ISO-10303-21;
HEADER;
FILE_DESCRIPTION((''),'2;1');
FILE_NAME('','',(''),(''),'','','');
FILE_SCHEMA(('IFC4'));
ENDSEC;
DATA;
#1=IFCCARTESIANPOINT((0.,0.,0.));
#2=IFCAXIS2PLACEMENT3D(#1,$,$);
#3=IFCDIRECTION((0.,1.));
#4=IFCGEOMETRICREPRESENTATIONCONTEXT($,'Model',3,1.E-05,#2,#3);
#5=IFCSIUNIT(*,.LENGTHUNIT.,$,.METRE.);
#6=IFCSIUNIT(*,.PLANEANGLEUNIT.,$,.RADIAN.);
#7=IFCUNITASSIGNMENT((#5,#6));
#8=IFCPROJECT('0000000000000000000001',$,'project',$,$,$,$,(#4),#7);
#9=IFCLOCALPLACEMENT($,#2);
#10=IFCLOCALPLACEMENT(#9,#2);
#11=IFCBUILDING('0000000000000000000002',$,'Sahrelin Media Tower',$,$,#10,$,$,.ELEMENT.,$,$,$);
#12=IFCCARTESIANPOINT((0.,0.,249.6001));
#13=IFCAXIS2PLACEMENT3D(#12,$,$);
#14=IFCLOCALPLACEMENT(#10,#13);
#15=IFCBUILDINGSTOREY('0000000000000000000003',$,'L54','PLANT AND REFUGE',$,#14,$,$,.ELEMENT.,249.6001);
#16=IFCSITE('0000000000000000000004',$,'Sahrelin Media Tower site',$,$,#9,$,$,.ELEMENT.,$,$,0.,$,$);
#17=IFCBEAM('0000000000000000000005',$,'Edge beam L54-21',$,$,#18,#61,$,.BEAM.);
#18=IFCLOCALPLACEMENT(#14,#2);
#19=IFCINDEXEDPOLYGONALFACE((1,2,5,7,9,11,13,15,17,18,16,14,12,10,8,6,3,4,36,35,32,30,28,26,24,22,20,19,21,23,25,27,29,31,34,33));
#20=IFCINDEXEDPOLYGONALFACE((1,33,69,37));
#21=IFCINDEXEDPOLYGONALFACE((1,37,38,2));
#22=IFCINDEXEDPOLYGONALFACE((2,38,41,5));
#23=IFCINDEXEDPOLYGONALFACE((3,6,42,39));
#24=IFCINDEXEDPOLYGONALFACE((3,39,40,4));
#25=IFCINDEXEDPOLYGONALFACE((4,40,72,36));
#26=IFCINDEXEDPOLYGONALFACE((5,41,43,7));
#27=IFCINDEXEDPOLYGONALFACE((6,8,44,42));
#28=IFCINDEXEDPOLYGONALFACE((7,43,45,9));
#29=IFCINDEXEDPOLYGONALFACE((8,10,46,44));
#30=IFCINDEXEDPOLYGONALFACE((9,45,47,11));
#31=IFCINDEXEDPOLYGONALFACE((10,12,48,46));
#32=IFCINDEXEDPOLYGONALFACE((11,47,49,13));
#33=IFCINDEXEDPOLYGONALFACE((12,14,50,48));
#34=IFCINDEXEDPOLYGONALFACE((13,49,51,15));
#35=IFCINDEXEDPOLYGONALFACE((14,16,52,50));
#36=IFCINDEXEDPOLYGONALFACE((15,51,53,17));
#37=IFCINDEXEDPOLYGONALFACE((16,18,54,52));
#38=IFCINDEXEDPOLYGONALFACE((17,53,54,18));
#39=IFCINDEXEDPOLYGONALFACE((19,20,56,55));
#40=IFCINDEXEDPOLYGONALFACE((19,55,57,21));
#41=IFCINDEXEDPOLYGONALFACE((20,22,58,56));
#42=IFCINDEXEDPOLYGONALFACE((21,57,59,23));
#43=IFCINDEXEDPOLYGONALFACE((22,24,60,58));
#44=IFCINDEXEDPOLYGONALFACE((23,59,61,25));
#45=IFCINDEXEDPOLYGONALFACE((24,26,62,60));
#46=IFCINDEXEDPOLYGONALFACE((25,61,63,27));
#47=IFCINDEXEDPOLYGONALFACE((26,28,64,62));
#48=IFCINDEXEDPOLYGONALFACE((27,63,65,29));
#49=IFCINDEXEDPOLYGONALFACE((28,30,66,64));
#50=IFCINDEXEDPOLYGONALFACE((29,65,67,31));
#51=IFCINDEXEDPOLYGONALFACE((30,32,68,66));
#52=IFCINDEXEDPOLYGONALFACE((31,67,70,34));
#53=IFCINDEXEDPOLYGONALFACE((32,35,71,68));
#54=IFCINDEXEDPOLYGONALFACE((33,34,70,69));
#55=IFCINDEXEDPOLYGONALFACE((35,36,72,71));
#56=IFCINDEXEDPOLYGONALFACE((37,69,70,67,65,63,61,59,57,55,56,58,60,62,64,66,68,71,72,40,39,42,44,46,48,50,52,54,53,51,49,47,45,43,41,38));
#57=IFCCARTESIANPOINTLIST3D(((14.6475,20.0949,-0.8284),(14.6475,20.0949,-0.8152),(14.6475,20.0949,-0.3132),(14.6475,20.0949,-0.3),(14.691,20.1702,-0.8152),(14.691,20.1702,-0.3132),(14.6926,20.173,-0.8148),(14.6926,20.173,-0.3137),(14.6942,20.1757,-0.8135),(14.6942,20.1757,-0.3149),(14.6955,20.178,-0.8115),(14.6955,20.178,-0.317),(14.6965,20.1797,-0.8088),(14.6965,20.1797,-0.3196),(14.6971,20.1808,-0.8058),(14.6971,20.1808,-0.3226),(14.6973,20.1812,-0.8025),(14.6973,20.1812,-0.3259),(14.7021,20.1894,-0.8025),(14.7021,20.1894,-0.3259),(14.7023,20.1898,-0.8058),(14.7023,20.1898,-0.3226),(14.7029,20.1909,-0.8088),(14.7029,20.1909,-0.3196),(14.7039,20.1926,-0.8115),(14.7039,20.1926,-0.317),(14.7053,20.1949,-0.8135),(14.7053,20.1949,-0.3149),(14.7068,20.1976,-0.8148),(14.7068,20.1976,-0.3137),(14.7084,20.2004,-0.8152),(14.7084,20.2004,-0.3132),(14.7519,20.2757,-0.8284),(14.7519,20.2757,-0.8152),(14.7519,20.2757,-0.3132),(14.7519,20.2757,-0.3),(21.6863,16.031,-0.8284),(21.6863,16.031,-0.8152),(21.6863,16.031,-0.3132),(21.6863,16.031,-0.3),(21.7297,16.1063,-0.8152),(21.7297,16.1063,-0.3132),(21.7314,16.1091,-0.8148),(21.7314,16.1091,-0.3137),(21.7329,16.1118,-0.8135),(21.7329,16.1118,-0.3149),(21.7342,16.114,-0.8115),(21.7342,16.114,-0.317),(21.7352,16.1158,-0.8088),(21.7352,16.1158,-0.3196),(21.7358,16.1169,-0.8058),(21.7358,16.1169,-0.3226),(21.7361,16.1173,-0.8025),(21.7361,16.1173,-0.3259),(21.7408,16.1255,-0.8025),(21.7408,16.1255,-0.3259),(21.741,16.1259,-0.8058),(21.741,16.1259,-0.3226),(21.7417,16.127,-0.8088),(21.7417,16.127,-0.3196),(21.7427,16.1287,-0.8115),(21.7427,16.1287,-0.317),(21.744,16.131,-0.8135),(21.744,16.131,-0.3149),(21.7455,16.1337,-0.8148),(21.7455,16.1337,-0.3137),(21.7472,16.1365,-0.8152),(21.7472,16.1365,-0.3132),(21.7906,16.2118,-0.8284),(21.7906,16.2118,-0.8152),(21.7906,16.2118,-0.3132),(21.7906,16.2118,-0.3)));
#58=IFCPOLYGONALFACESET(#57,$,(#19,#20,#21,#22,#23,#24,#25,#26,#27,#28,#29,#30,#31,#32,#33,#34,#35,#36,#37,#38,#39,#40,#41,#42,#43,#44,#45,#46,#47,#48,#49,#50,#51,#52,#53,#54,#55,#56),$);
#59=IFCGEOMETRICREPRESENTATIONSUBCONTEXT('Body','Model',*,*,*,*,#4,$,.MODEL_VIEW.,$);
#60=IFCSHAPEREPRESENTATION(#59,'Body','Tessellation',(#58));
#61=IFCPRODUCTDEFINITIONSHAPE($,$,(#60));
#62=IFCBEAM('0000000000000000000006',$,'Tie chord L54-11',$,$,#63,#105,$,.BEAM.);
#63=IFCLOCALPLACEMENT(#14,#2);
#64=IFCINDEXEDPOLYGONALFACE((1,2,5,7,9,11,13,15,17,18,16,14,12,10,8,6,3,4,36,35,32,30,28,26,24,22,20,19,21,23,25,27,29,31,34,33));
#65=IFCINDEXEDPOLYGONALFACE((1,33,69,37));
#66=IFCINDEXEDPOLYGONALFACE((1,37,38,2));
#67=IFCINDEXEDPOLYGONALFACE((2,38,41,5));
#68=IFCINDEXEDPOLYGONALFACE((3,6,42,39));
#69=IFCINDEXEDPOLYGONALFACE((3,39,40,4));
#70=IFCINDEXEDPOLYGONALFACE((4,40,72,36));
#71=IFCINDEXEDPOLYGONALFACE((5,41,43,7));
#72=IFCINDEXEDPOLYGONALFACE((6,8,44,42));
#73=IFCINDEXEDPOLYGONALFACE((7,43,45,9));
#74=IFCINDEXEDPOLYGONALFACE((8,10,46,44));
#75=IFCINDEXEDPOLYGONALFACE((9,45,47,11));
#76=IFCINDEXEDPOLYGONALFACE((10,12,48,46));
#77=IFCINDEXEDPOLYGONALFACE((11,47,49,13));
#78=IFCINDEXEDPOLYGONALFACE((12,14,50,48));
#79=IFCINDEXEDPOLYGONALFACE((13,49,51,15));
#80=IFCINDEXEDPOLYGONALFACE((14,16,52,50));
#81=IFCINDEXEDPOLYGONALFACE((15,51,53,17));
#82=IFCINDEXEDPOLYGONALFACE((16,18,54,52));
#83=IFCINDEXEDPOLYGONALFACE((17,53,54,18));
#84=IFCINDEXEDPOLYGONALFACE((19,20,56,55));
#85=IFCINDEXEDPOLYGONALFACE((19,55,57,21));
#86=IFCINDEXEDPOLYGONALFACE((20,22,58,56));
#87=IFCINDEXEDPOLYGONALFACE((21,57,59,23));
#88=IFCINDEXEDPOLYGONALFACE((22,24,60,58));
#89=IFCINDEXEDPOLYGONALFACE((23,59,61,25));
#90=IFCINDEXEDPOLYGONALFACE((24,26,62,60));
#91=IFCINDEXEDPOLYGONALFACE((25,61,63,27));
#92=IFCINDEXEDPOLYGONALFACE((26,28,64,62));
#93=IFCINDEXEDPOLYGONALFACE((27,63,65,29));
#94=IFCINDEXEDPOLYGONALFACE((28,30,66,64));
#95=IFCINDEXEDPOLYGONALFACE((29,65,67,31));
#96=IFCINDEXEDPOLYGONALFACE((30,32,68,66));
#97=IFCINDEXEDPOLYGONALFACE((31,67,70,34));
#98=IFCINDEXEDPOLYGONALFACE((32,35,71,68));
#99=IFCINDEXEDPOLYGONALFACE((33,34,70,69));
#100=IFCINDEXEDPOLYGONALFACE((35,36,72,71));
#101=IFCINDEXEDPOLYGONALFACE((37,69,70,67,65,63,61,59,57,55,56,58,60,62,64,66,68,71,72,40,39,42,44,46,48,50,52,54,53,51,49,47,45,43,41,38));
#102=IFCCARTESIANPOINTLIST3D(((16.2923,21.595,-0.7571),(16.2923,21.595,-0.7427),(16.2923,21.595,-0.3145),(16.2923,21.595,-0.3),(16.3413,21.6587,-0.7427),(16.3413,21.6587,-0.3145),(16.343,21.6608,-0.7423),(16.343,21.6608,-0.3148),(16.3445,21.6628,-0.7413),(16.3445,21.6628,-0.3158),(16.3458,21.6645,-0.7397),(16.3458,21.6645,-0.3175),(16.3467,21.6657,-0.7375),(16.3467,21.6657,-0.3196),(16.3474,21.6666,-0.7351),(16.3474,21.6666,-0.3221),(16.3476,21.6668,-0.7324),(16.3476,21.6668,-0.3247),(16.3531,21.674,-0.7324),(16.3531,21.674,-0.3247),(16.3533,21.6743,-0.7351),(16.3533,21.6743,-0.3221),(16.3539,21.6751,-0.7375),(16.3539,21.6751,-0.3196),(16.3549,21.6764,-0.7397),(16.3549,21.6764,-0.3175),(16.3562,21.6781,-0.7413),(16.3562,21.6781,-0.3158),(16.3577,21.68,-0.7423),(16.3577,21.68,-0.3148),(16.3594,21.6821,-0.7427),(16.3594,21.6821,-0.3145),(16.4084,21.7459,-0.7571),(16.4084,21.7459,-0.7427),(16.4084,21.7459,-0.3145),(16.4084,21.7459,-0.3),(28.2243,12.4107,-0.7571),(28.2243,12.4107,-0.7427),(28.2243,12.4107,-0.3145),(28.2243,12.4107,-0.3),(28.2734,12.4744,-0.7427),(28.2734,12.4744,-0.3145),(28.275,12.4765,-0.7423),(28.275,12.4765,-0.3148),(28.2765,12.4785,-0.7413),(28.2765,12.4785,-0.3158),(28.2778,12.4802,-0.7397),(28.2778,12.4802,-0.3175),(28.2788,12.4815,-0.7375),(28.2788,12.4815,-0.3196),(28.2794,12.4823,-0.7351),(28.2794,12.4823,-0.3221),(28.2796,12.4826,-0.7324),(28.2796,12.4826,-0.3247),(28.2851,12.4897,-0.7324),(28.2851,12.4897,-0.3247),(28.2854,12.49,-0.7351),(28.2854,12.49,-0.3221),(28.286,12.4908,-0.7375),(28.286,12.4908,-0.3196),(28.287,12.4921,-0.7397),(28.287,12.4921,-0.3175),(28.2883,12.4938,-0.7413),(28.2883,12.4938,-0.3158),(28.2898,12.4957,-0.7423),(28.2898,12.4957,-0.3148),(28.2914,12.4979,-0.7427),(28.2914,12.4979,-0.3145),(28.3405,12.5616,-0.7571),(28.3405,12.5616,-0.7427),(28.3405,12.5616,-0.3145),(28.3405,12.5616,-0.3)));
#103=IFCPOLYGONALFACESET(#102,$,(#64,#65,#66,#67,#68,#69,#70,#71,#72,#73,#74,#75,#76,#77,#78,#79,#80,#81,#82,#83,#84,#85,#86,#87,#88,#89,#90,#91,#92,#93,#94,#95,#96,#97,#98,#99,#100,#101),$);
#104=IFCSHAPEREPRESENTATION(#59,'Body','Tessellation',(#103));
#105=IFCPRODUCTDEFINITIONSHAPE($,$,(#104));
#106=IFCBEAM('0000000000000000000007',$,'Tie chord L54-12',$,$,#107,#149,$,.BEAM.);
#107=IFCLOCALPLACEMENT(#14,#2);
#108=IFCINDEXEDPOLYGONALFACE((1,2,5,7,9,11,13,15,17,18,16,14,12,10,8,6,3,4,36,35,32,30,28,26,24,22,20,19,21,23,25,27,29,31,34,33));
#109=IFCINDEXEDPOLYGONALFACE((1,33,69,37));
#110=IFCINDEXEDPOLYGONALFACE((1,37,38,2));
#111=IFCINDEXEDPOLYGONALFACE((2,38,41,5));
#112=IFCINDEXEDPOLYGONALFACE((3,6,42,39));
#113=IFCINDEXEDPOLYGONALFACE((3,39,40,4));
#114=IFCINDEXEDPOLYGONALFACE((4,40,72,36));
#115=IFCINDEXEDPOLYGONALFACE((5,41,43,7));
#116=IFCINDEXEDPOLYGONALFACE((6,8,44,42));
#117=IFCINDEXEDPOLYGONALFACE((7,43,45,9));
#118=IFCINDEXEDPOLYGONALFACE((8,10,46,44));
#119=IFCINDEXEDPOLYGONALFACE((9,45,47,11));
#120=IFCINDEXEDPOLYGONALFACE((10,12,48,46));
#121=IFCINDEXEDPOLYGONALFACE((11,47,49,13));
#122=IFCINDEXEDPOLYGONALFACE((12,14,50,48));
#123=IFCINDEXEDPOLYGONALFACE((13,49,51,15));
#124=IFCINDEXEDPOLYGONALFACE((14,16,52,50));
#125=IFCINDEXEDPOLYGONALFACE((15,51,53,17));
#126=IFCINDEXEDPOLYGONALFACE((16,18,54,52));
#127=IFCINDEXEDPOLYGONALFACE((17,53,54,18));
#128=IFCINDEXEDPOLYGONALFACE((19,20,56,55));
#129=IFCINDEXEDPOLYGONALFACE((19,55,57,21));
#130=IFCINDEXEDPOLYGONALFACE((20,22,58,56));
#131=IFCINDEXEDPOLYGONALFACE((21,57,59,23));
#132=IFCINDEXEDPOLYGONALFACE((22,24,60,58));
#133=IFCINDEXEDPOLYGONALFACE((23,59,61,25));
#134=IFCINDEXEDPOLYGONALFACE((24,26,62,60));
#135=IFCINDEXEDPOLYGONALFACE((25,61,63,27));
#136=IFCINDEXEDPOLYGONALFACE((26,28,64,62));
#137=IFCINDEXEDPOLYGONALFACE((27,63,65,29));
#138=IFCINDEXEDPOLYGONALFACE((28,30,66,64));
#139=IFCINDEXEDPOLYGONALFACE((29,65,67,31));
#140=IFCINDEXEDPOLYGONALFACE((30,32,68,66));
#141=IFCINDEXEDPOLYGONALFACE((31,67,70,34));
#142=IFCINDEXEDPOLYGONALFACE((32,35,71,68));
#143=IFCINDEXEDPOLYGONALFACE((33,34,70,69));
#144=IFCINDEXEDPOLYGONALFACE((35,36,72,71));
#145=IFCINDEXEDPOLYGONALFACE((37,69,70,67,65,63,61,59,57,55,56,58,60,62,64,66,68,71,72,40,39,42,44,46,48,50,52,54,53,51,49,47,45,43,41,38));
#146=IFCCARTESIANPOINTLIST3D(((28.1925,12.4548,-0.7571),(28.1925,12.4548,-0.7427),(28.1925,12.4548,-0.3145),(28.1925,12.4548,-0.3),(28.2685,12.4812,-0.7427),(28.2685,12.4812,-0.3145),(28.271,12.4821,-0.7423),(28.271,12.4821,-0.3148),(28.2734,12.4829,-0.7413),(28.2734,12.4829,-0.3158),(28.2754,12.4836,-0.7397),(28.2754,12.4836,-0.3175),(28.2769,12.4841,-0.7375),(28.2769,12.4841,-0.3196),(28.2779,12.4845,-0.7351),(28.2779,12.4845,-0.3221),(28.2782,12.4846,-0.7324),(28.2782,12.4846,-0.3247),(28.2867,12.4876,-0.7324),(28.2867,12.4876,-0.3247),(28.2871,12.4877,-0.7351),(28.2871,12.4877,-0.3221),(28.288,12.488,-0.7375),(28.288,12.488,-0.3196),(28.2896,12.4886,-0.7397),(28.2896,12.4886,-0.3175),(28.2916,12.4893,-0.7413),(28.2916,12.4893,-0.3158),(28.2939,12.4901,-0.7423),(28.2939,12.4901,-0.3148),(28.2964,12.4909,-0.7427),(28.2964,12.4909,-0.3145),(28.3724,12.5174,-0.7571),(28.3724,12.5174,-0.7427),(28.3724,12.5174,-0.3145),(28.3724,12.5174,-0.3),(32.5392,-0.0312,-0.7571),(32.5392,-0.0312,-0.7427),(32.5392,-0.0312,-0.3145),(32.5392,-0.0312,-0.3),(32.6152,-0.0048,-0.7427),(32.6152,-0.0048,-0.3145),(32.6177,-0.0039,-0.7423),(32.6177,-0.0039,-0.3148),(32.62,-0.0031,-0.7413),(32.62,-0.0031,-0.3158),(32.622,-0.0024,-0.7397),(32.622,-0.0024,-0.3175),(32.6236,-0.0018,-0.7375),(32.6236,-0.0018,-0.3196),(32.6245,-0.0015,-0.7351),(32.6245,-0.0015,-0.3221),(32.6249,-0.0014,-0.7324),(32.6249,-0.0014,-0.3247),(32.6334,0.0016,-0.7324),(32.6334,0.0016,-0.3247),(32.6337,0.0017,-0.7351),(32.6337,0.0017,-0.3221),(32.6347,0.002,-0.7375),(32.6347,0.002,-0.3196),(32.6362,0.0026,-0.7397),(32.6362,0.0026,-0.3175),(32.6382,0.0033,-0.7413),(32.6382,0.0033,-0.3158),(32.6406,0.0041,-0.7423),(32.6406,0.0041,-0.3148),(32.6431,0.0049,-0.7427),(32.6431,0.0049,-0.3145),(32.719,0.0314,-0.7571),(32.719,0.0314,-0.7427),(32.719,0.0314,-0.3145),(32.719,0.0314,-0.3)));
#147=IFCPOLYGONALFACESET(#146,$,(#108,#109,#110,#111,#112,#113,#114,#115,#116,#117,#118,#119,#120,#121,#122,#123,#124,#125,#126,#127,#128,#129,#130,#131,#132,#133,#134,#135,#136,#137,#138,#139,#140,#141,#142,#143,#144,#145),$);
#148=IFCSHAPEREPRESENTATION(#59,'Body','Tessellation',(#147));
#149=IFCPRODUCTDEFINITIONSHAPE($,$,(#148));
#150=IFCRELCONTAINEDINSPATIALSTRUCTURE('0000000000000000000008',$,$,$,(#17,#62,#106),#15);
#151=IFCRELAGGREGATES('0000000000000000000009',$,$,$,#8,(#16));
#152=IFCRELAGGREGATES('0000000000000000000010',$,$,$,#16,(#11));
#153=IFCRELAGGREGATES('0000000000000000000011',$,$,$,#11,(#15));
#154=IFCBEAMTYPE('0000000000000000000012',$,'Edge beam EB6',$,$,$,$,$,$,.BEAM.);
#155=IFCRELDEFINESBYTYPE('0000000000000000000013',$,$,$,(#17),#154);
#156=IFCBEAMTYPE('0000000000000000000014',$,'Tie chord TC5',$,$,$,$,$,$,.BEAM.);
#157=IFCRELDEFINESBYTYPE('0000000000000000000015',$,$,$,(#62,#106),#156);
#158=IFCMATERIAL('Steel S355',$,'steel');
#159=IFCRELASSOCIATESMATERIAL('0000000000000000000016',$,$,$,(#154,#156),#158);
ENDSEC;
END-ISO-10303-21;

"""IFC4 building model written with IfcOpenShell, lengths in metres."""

from ifc_helpers import new_model, si_unit, direction, frame, origin, origin_2d, place, context, subcontext, project, spatial, i_section, extrude, material, material_profile, profile_set, type_object, element, save


model = new_model("IFC4")

# Units and contexts
model_context = context("Model", 3, precision=1e-05, world=origin(), true_north=direction((0.0, 1.0)))
body_context = subcontext(model_context, "Body", "Model", "MODEL_VIEW")
ifc_project = project(units=[si_unit("LENGTHUNIT", "METRE"), si_unit("PLANEANGLEUNIT", "RADIAN")], contexts=[model_context])

# Site, building, storey
site_placement = place(None, origin())
site = spatial("IfcSite", under=ifc_project, at=site_placement, Name="Sahrelin Media Tower site", CompositionType="ELEMENT", RefElevation=0.0)
building_placement = place(site_placement, origin())
building = spatial("IfcBuilding", under=site, at=building_placement, Name="Sahrelin Media Tower", CompositionType="ELEMENT")
storey_placement = place(building_placement, frame((0.0, 0.0, 249.6001)))
storey = spatial("IfcBuildingStorey", under=building, at=storey_placement, Name="L54", Description="PLANT AND REFUGE", CompositionType="ELEMENT", Elevation=249.6001)

# Beams
ifc_material_1 = material(Name="Steel S355", Category="steel")
ifc_material_profile_1 = material_profile(ifc_material_1, i_section(OverallWidth=0.2087, OverallDepth=0.5283, WebThickness=0.0095, FlangeThickness=0.0132, FilletRadius=0.0127, at=origin_2d()), Name="UB 533x210x82")
ifc_profile_set_1 = profile_set([ifc_material_profile_1], Name="Steel S355")
beam_type_1 = type_object("IfcBeamType", Name="Edge beam EB6", PredefinedType="BEAM", material=ifc_profile_set_1)
beam_1_placement = place(storey_placement, frame((14.6997, 20.1853, -0.5642), z_axis=(0.86602, -0.500009, 0.0), x_axis=(0.500009, 0.86602, 0.0)))
element("IfcBeam", 1, at=beam_1_placement, inside=storey, type_object=beam_type_1, Name="Edge beam L54-21", PredefinedType="BEAM", context=body_context, shape_type="SweptSolid", body=[
    extrude(i_section(OverallWidth=0.2087, OverallDepth=0.5283, WebThickness=0.0095, FlangeThickness=0.0132, FilletRadius=0.0127, at=origin_2d()), origin(), (0.0, 0.0, 1.0), 8.1277),
])
ifc_material_profile_2 = material_profile(ifc_material_1, i_section(OverallWidth=0.1904, OverallDepth=0.457, WebThickness=0.009, FlangeThickness=0.0144, FilletRadius=0.0103, at=origin_2d()), Name="UB 457x191x74")
ifc_profile_set_2 = profile_set([ifc_material_profile_2], Name="Steel S355")
beam_type_2 = type_object("IfcBeamType", Name="Tie chord TC5", PredefinedType="BEAM", material=ifc_profile_set_2)
beam_2_placement = place(storey_placement, frame((16.3503, 21.6704, -0.5286), z_axis=(0.792439, -0.609951, 0.0), x_axis=(0.609951, 0.792439, 0.0)))
element("IfcBeam", 2, at=beam_2_placement, inside=storey, type_object=beam_type_2, Name="Tie chord L54-11", PredefinedType="BEAM", context=body_context, shape_type="SweptSolid", body=[
    extrude(i_section(OverallWidth=0.1904, OverallDepth=0.457, WebThickness=0.009, FlangeThickness=0.0144, FilletRadius=0.0103, at=origin_2d()), origin(), (0.0, 0.0, 1.0), 15.0574),
])
beam_3_placement = place(storey_placement, frame((28.2825, 12.4861, -0.5286), z_axis=(0.32877, -0.94441, 0.0), x_axis=(0.94441, 0.32877, 0.0)))
element("IfcBeam", 3, at=beam_3_placement, inside=storey, type_object=beam_type_2, Name="Tie chord L54-12", PredefinedType="BEAM", context=body_context, shape_type="SweptSolid", body=[
    extrude(i_section(OverallWidth=0.1904, OverallDepth=0.457, WebThickness=0.009, FlangeThickness=0.0144, FilletRadius=0.0103, at=origin_2d()), origin(), (0.0, 0.0, 1.0), 13.2209),
])

save(model, "model.ifc")
